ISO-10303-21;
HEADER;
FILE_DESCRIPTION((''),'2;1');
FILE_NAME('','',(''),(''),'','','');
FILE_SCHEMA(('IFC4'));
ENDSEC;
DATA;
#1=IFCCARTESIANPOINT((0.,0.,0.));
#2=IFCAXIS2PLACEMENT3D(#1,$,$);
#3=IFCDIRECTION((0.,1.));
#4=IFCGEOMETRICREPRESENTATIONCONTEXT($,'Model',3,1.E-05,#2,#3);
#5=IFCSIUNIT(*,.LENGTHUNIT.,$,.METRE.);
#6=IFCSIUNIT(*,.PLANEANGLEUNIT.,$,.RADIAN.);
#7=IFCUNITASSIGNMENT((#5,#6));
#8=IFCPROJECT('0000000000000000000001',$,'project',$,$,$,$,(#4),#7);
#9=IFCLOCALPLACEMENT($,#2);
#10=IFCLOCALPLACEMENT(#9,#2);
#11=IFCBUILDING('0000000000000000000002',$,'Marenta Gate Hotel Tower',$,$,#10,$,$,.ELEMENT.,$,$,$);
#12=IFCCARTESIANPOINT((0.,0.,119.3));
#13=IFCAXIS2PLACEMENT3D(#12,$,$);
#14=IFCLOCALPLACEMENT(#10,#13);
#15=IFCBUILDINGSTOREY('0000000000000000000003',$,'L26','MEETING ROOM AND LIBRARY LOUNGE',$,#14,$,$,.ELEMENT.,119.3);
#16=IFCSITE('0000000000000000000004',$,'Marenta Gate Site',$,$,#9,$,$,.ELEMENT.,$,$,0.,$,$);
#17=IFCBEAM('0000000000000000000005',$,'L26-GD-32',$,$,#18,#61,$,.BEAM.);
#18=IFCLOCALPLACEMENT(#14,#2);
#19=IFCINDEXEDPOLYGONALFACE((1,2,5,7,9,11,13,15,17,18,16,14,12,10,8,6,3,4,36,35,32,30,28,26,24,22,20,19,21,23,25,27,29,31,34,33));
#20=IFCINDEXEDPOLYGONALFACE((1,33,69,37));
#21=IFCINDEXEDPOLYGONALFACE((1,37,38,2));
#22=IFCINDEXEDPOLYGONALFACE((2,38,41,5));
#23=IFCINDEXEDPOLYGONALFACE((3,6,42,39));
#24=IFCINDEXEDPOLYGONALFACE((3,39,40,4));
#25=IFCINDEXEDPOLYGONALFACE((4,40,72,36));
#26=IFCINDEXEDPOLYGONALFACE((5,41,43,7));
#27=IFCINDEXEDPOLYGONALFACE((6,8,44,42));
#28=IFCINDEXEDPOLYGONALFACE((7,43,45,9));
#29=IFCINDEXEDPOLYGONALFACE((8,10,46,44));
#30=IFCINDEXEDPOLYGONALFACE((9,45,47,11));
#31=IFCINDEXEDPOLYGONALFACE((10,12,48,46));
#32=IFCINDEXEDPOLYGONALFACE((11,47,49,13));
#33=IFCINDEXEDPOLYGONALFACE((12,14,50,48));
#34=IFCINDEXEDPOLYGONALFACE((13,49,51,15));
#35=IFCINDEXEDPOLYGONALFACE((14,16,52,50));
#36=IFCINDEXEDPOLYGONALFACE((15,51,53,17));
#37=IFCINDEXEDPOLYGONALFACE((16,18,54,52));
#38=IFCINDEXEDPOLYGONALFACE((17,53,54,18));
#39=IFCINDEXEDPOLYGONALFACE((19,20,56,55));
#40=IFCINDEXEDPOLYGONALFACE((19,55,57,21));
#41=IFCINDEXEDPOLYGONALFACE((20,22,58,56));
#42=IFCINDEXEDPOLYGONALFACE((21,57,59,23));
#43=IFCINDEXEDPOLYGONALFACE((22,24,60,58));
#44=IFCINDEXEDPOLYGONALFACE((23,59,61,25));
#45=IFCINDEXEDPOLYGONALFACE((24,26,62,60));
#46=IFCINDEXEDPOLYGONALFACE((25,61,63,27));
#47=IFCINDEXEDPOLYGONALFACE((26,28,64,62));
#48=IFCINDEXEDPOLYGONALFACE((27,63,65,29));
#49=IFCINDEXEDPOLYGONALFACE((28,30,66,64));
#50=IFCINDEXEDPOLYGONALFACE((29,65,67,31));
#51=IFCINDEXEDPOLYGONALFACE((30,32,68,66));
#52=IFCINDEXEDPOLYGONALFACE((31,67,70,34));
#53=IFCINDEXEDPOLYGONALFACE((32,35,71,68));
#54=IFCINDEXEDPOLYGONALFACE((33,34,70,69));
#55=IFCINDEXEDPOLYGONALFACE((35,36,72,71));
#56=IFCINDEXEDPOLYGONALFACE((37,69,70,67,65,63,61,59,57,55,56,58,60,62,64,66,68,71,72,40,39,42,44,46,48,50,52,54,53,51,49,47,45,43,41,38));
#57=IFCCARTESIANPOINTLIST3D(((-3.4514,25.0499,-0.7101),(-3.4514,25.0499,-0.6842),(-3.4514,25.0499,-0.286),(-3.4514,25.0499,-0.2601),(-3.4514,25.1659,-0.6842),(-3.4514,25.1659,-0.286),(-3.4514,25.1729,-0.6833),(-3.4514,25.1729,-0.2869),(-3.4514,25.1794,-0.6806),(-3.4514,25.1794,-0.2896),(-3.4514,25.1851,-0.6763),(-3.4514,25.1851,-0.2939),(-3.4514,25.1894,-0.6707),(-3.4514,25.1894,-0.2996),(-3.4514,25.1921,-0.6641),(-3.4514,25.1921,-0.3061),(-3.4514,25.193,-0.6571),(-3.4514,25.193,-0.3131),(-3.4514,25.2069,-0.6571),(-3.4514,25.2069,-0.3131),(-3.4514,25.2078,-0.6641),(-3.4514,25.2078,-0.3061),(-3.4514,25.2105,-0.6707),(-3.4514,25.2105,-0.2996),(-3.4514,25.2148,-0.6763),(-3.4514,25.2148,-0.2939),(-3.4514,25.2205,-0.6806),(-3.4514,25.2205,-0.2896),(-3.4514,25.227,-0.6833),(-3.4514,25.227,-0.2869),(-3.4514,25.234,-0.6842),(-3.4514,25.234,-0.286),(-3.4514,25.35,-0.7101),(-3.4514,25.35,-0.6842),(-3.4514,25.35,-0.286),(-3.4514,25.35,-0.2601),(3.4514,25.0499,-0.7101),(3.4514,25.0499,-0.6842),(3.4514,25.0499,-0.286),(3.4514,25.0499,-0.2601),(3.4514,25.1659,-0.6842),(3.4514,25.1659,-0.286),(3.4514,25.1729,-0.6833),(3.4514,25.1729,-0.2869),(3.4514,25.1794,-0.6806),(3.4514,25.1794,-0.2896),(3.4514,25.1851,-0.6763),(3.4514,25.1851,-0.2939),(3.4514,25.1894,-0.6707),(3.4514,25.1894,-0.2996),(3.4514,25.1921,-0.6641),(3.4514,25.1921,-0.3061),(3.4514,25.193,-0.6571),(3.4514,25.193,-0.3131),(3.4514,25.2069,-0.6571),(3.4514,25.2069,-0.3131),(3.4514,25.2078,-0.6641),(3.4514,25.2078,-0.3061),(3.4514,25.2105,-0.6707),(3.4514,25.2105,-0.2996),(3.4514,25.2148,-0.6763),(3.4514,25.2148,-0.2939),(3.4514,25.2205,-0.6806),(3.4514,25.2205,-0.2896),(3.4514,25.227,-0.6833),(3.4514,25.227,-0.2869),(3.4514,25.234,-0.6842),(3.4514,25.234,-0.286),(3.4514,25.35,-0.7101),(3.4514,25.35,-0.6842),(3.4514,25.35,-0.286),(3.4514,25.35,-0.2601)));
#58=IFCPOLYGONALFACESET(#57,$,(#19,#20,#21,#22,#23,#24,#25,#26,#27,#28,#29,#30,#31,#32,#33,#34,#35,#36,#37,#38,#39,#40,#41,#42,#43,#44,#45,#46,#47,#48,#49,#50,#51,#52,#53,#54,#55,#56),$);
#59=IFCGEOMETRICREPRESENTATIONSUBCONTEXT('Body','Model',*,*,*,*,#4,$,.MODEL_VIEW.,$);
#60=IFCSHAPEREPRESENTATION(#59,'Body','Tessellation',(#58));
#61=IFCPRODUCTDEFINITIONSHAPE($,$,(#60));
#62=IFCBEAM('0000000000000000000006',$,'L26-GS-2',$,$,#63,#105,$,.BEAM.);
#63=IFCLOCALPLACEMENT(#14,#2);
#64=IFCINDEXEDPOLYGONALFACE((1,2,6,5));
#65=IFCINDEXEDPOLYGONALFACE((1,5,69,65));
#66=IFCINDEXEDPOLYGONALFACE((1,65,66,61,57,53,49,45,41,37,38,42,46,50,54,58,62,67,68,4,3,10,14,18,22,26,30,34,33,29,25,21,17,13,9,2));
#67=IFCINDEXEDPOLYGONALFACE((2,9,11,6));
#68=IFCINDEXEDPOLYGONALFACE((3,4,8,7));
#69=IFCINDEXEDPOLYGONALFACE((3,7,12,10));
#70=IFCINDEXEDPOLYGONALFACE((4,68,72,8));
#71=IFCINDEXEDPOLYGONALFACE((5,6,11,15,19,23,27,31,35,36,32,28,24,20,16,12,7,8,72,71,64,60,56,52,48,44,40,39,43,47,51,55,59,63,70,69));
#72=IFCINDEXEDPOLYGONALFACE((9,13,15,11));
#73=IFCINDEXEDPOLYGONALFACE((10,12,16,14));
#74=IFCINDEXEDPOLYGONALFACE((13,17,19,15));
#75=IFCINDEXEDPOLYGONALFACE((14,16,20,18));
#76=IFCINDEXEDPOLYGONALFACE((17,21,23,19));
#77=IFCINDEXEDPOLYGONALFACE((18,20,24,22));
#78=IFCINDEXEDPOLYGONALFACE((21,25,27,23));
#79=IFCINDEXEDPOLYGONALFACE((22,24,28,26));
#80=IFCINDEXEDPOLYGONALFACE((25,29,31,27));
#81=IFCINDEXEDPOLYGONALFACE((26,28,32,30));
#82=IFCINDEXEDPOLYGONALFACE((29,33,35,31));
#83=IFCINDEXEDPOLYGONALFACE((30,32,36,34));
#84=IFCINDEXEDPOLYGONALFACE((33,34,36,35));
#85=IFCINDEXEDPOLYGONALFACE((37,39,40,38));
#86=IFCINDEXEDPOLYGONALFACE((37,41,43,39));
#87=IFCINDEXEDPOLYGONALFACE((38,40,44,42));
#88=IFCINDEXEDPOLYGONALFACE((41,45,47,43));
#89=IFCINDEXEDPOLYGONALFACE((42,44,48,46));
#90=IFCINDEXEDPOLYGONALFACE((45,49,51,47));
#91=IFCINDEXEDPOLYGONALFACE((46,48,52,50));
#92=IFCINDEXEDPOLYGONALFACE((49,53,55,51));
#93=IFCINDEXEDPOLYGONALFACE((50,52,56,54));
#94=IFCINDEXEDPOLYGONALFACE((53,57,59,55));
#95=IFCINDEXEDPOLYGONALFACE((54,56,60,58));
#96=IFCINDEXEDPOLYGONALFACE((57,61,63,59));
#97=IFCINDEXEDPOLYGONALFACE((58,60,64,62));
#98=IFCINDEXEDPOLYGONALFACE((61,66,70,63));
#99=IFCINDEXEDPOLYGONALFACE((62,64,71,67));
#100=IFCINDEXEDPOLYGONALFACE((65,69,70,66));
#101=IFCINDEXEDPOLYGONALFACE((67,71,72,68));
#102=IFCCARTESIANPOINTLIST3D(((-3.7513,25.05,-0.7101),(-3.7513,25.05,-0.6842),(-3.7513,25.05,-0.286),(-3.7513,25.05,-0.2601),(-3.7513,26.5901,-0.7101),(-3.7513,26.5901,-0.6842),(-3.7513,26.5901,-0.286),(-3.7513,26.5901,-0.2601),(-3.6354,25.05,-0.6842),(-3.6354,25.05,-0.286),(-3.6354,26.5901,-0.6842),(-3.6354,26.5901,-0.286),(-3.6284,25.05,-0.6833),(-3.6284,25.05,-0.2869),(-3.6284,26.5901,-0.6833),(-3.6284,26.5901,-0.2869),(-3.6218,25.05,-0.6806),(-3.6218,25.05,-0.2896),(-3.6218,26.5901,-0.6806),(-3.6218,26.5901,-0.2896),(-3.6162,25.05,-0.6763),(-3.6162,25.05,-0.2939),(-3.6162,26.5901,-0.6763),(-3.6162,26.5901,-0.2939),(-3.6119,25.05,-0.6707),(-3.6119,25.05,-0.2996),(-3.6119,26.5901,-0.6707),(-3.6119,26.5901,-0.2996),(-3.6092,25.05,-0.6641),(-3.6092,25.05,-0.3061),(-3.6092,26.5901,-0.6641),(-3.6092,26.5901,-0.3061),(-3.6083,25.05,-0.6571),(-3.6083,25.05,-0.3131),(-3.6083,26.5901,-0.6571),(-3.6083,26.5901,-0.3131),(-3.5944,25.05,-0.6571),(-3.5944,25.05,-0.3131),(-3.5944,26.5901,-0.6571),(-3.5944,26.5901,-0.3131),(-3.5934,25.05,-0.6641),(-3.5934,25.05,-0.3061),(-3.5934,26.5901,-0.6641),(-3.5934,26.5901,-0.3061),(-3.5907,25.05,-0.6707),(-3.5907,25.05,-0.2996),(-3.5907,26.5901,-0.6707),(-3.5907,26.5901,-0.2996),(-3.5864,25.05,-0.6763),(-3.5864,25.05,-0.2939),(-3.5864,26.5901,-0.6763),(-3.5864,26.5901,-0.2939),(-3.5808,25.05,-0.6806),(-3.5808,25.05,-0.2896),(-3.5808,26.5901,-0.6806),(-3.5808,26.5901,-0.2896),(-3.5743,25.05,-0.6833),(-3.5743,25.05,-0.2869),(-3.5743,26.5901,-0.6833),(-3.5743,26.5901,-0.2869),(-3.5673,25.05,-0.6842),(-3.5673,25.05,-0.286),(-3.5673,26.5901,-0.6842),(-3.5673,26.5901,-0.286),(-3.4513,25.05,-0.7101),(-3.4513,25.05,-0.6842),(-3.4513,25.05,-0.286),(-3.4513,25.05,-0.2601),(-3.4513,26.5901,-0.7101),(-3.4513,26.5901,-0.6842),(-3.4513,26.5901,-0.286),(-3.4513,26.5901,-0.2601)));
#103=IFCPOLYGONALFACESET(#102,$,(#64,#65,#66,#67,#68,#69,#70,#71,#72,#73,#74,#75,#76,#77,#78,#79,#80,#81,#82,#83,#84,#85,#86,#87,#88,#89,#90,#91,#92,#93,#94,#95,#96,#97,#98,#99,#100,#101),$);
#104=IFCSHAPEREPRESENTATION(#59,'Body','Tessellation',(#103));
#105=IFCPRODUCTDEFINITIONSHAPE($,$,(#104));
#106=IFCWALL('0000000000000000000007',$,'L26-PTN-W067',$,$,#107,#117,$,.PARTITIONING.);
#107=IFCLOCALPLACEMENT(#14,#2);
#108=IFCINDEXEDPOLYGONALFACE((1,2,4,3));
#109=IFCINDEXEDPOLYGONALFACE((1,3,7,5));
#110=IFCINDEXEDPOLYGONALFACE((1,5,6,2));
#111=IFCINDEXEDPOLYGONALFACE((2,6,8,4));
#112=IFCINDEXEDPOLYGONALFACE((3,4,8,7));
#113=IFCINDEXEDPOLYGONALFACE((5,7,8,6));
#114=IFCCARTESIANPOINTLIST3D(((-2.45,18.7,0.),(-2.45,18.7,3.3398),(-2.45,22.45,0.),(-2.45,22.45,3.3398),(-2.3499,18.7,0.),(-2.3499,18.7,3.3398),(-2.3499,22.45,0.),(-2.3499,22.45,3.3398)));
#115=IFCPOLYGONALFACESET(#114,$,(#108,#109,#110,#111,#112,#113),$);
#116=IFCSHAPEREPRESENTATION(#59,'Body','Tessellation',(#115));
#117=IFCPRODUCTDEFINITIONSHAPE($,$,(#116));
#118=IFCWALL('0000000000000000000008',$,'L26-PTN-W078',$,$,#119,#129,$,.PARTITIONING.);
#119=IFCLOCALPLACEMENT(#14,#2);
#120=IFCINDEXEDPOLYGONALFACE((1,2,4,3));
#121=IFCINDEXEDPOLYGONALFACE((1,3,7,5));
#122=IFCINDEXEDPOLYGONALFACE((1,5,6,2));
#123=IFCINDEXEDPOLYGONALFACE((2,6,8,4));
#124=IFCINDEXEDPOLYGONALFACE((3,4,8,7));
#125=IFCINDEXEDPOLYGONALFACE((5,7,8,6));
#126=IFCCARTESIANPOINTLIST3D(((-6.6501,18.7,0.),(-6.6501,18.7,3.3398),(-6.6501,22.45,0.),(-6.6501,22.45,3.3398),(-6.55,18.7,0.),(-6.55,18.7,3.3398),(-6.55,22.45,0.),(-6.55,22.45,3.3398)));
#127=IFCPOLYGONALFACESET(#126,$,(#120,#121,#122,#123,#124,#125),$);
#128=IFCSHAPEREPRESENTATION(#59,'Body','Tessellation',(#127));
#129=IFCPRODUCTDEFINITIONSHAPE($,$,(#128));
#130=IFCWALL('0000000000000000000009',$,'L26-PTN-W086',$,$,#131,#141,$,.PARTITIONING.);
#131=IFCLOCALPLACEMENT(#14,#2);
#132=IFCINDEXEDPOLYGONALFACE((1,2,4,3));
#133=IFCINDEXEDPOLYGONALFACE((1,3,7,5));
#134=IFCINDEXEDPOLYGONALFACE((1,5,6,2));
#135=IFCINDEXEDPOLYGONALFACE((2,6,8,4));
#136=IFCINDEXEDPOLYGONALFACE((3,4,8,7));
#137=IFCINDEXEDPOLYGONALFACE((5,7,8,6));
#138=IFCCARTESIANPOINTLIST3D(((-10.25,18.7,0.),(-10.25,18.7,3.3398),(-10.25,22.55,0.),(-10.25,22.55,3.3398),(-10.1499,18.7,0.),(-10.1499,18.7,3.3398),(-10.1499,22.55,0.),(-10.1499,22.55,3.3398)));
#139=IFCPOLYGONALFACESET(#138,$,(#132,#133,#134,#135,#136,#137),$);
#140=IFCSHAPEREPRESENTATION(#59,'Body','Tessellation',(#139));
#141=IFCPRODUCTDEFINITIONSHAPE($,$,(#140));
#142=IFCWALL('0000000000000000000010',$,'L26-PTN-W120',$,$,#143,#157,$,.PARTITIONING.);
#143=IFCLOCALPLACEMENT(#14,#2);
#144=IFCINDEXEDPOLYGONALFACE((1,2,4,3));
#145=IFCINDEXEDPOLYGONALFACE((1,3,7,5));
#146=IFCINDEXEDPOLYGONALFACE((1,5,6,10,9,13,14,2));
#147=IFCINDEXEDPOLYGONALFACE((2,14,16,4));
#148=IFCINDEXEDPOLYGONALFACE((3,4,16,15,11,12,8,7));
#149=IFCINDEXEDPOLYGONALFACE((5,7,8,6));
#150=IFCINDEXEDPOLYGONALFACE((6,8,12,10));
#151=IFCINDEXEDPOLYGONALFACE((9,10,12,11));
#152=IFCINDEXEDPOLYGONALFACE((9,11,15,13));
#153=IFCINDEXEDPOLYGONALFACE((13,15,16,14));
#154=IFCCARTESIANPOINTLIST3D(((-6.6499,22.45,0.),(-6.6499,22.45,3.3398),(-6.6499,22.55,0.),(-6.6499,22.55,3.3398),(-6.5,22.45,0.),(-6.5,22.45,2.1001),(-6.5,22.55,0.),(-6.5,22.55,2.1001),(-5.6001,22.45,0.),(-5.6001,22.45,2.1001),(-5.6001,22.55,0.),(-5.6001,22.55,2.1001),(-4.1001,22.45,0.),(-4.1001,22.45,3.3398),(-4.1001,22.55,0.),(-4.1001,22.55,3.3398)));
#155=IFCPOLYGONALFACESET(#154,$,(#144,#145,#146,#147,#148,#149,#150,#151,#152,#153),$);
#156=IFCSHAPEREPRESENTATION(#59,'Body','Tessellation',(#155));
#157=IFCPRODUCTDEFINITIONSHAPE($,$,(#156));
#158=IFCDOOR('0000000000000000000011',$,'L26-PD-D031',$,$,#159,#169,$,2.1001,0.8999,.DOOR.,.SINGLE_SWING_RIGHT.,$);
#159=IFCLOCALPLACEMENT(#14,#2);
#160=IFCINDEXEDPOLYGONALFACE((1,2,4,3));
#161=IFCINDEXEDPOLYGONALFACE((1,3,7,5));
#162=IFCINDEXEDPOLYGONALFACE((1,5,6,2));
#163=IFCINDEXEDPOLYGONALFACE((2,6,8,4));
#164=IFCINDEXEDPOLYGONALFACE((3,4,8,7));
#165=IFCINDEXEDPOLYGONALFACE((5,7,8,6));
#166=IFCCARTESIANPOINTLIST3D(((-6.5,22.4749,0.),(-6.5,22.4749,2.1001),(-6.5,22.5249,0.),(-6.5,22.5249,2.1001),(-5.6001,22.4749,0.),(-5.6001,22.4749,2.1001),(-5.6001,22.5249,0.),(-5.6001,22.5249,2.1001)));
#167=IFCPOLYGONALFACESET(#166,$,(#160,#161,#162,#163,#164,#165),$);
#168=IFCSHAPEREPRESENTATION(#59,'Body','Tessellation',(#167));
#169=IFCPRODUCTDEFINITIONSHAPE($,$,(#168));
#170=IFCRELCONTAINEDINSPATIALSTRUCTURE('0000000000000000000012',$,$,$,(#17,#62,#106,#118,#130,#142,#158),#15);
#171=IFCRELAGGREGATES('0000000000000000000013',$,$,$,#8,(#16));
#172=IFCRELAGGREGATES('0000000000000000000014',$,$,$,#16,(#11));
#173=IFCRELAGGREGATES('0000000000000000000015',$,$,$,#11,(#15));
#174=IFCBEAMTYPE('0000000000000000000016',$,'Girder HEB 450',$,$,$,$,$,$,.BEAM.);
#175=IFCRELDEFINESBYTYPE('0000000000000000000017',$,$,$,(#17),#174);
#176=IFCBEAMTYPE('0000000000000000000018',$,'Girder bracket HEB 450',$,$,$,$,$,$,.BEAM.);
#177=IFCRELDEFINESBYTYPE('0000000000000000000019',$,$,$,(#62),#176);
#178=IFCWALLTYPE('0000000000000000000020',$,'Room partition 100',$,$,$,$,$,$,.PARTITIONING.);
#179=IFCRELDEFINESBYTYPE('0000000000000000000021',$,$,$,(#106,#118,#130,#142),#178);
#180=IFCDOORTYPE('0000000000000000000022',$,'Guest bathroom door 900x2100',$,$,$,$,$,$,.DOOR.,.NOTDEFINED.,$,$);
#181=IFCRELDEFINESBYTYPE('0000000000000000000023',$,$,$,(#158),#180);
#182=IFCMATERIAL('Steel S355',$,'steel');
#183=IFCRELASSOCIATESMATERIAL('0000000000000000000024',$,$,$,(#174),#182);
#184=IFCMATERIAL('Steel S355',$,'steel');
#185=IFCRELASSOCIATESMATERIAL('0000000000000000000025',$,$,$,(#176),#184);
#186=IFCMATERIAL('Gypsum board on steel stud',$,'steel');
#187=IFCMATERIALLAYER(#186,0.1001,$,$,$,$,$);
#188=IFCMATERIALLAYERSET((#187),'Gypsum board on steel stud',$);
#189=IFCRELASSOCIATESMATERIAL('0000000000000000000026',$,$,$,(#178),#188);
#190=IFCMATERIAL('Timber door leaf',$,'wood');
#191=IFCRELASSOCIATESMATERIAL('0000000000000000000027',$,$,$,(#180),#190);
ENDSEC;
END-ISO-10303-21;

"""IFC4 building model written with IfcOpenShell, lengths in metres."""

from ifc_helpers import new_model, si_unit, direction, frame, frame_2d, origin, origin_2d, place, context, subcontext, project, spatial, rectangle, i_section, extrude, material, layer, layer_set, material_profile, profile_set, type_object, element, fill, save


model = new_model("IFC4")

# Units and contexts
model_context = context("Model", 3, precision=1e-05, world=origin(), true_north=direction((0.0, 1.0)))
body_context = subcontext(model_context, "Body", "Model", "MODEL_VIEW")
ifc_project = project(units=[si_unit("LENGTHUNIT", "METRE"), si_unit("PLANEANGLEUNIT", "RADIAN")], contexts=[model_context])

# Site, building, storey
site_placement = place(None, origin())
site = spatial("IfcSite", under=ifc_project, at=site_placement, Name="Marenta Gate Site", CompositionType="ELEMENT", RefElevation=0.0)
building_placement = place(site_placement, origin())
building = spatial("IfcBuilding", under=site, at=building_placement, Name="Marenta Gate Hotel Tower", CompositionType="ELEMENT")
storey_placement = place(building_placement, frame((0.0, 0.0, 119.3)))
storey = spatial("IfcBuildingStorey", under=building, at=storey_placement, Name="L26", Description="MEETING ROOM AND LIBRARY LOUNGE", CompositionType="ELEMENT", Elevation=119.3)

# Beams
ifc_material_1 = material(Name="Steel S355", Category="steel")
ifc_material_profile_1 = material_profile(ifc_material_1, i_section(OverallWidth=0.3, OverallDepth=0.45, WebThickness=0.0139, FlangeThickness=0.0259, FilletRadius=0.0271, at=origin_2d()), Name="HEB 450")
ifc_profile_set_1 = profile_set([ifc_material_profile_1], Name="Steel S355")
beam_type_1 = type_object("IfcBeamType", Name="Girder HEB 450", PredefinedType="BEAM", material=ifc_profile_set_1)
beam_1_placement = place(storey_placement, frame((-3.4514, 25.2, -0.4851), z_axis=(1.0, 0.0, 0.0), x_axis=(0.0, 1.0, 0.0)))
element("IfcBeam", 1, at=beam_1_placement, inside=storey, type_object=beam_type_1, Name="L26-GD-32", PredefinedType="BEAM", context=body_context, shape_type="SweptSolid", body=[
    extrude(i_section(OverallWidth=0.3, OverallDepth=0.45, WebThickness=0.0139, FlangeThickness=0.0259, FilletRadius=0.0271, at=origin_2d()), origin(), (0.0, 0.0, 1.0), 6.9028),
])
ifc_material_2 = material(Name="Steel S355", Category="steel")
ifc_material_profile_2 = material_profile(ifc_material_2, i_section(OverallWidth=0.3, OverallDepth=0.45, WebThickness=0.0139, FlangeThickness=0.0259, FilletRadius=0.0271, at=origin_2d()), Name="HEB 450")
ifc_profile_set_2 = profile_set([ifc_material_profile_2], Name="Steel S355")
beam_type_2 = type_object("IfcBeamType", Name="Girder bracket HEB 450", PredefinedType="BEAM", material=ifc_profile_set_2)
beam_2_placement = place(storey_placement, frame((-3.6013, 25.05, -0.4851), z_axis=(0.0, 1.0, 0.0), x_axis=(-1.0, 0.0, 0.0)))
element("IfcBeam", 2, at=beam_2_placement, inside=storey, type_object=beam_type_2, Name="L26-GS-2", PredefinedType="BEAM", context=body_context, shape_type="SweptSolid", body=[
    extrude(i_section(OverallWidth=0.3, OverallDepth=0.45, WebThickness=0.0139, FlangeThickness=0.0259, FilletRadius=0.0271, at=origin_2d()), origin(), (0.0, 0.0, 1.0), 1.54),
])

# Walls
ifc_material_3 = material(Name="Gypsum board on steel stud", Category="steel")
ifc_layer_1 = layer(ifc_material_3, 0.1001)
ifc_layer_set_1 = layer_set([ifc_layer_1], Name="Gypsum board on steel stud")
wall_type_1 = type_object("IfcWallType", Name="Room partition 100", PredefinedType="PARTITIONING", material=ifc_layer_set_1)
for number, where, z_axis, x_axis, name in (
    (3, (-2.3999, 18.7, 0.0), (0.0, 0.0, 1.0), (0.0, 1.0, 0.0), "L26-PTN-W067"),
    (4, (-6.6001, 18.7, 0.0), (0.0, 0.0, 1.0), (0.0, 1.0, 0.0), "L26-PTN-W078"),
):
    element("IfcWall", number, at=place(storey_placement, frame(where, z_axis=z_axis, x_axis=x_axis)), inside=storey, type_object=wall_type_1, Name=name, PredefinedType="PARTITIONING", context=body_context, shape_type="SweptSolid", body=[
        extrude(rectangle(XDim=3.75, YDim=0.1001, at=frame_2d((1.875, 0.0))), origin(), (0.0, 0.0, 1.0), 3.3398),
    ])
wall_1_placement = place(storey_placement, frame((-10.2, 18.7, 0.0), z_axis=(0.0, 0.0, 1.0), x_axis=(0.0, 1.0, 0.0)))
element("IfcWall", 5, at=wall_1_placement, inside=storey, type_object=wall_type_1, Name="L26-PTN-W086", PredefinedType="PARTITIONING", context=body_context, shape_type="SweptSolid", body=[
    extrude(rectangle(XDim=3.8501, YDim=0.1001, at=frame_2d((1.925, 0.0))), origin(), (0.0, 0.0, 1.0), 3.3398),
])

# Wall, opening, door
wall_2_placement = place(storey_placement, frame((-6.6499, 22.5, 0.0), z_axis=(0.0, 0.0, 1.0), x_axis=(1.0, 0.0, 0.0)))
wall_2 = element("IfcWall", 6, at=wall_2_placement, inside=storey, type_object=wall_type_1, Name="L26-PTN-W120", PredefinedType="PARTITIONING", context=body_context, shape_type="SweptSolid", body=[
    extrude(rectangle(XDim=2.5498, YDim=0.1001, at=frame_2d((1.2749, 0.0))), origin(), (0.0, 0.0, 1.0), 3.3398),
])
opening_1_placement = place(wall_2_placement, frame((0.1499, 0.0, 0.0)))
opening_1 = element("IfcOpeningElement", 7, at=opening_1_placement, cuts=wall_2, PredefinedType="OPENING", context=body_context, shape_type="SweptSolid", body=[
    extrude(rectangle(XDim=0.8999, YDim=2.1001, at=frame_2d((0.45, 1.05))), frame((0.0, 0.05, 0.0), z_axis=(0.0, -1.0, 0.0), x_axis=(1.0, 0.0, 0.0)), (0.0, 0.0, 1.0), 0.1001),
])
ifc_material_4 = material(Name="Timber door leaf", Category="wood")
door_type_1 = type_object("IfcDoorType", Name="Guest bathroom door 900x2100", OperationType="NOTDEFINED", PredefinedType="DOOR", material=ifc_material_4)
door_1_placement = place(opening_1_placement, origin())
door_1 = element("IfcDoor", 8, at=door_1_placement, inside=storey, type_object=door_type_1, Name="L26-PD-D031", OperationType="SINGLE_SWING_RIGHT", OverallHeight=2.1001, OverallWidth=0.8999, PredefinedType="DOOR", context=body_context, shape_type="SweptSolid", body=[
    extrude(rectangle(XDim=0.8999, YDim=2.1001, at=frame_2d((0.45, 1.05))), frame((0.0, 0.0249, 0.0), z_axis=(0.0, -1.0, 0.0), x_axis=(1.0, 0.0, 0.0)), (0.0, 0.0, 1.0), 0.05),
])
fill(opening_1, door_1)

save(model, "model.ifc")
